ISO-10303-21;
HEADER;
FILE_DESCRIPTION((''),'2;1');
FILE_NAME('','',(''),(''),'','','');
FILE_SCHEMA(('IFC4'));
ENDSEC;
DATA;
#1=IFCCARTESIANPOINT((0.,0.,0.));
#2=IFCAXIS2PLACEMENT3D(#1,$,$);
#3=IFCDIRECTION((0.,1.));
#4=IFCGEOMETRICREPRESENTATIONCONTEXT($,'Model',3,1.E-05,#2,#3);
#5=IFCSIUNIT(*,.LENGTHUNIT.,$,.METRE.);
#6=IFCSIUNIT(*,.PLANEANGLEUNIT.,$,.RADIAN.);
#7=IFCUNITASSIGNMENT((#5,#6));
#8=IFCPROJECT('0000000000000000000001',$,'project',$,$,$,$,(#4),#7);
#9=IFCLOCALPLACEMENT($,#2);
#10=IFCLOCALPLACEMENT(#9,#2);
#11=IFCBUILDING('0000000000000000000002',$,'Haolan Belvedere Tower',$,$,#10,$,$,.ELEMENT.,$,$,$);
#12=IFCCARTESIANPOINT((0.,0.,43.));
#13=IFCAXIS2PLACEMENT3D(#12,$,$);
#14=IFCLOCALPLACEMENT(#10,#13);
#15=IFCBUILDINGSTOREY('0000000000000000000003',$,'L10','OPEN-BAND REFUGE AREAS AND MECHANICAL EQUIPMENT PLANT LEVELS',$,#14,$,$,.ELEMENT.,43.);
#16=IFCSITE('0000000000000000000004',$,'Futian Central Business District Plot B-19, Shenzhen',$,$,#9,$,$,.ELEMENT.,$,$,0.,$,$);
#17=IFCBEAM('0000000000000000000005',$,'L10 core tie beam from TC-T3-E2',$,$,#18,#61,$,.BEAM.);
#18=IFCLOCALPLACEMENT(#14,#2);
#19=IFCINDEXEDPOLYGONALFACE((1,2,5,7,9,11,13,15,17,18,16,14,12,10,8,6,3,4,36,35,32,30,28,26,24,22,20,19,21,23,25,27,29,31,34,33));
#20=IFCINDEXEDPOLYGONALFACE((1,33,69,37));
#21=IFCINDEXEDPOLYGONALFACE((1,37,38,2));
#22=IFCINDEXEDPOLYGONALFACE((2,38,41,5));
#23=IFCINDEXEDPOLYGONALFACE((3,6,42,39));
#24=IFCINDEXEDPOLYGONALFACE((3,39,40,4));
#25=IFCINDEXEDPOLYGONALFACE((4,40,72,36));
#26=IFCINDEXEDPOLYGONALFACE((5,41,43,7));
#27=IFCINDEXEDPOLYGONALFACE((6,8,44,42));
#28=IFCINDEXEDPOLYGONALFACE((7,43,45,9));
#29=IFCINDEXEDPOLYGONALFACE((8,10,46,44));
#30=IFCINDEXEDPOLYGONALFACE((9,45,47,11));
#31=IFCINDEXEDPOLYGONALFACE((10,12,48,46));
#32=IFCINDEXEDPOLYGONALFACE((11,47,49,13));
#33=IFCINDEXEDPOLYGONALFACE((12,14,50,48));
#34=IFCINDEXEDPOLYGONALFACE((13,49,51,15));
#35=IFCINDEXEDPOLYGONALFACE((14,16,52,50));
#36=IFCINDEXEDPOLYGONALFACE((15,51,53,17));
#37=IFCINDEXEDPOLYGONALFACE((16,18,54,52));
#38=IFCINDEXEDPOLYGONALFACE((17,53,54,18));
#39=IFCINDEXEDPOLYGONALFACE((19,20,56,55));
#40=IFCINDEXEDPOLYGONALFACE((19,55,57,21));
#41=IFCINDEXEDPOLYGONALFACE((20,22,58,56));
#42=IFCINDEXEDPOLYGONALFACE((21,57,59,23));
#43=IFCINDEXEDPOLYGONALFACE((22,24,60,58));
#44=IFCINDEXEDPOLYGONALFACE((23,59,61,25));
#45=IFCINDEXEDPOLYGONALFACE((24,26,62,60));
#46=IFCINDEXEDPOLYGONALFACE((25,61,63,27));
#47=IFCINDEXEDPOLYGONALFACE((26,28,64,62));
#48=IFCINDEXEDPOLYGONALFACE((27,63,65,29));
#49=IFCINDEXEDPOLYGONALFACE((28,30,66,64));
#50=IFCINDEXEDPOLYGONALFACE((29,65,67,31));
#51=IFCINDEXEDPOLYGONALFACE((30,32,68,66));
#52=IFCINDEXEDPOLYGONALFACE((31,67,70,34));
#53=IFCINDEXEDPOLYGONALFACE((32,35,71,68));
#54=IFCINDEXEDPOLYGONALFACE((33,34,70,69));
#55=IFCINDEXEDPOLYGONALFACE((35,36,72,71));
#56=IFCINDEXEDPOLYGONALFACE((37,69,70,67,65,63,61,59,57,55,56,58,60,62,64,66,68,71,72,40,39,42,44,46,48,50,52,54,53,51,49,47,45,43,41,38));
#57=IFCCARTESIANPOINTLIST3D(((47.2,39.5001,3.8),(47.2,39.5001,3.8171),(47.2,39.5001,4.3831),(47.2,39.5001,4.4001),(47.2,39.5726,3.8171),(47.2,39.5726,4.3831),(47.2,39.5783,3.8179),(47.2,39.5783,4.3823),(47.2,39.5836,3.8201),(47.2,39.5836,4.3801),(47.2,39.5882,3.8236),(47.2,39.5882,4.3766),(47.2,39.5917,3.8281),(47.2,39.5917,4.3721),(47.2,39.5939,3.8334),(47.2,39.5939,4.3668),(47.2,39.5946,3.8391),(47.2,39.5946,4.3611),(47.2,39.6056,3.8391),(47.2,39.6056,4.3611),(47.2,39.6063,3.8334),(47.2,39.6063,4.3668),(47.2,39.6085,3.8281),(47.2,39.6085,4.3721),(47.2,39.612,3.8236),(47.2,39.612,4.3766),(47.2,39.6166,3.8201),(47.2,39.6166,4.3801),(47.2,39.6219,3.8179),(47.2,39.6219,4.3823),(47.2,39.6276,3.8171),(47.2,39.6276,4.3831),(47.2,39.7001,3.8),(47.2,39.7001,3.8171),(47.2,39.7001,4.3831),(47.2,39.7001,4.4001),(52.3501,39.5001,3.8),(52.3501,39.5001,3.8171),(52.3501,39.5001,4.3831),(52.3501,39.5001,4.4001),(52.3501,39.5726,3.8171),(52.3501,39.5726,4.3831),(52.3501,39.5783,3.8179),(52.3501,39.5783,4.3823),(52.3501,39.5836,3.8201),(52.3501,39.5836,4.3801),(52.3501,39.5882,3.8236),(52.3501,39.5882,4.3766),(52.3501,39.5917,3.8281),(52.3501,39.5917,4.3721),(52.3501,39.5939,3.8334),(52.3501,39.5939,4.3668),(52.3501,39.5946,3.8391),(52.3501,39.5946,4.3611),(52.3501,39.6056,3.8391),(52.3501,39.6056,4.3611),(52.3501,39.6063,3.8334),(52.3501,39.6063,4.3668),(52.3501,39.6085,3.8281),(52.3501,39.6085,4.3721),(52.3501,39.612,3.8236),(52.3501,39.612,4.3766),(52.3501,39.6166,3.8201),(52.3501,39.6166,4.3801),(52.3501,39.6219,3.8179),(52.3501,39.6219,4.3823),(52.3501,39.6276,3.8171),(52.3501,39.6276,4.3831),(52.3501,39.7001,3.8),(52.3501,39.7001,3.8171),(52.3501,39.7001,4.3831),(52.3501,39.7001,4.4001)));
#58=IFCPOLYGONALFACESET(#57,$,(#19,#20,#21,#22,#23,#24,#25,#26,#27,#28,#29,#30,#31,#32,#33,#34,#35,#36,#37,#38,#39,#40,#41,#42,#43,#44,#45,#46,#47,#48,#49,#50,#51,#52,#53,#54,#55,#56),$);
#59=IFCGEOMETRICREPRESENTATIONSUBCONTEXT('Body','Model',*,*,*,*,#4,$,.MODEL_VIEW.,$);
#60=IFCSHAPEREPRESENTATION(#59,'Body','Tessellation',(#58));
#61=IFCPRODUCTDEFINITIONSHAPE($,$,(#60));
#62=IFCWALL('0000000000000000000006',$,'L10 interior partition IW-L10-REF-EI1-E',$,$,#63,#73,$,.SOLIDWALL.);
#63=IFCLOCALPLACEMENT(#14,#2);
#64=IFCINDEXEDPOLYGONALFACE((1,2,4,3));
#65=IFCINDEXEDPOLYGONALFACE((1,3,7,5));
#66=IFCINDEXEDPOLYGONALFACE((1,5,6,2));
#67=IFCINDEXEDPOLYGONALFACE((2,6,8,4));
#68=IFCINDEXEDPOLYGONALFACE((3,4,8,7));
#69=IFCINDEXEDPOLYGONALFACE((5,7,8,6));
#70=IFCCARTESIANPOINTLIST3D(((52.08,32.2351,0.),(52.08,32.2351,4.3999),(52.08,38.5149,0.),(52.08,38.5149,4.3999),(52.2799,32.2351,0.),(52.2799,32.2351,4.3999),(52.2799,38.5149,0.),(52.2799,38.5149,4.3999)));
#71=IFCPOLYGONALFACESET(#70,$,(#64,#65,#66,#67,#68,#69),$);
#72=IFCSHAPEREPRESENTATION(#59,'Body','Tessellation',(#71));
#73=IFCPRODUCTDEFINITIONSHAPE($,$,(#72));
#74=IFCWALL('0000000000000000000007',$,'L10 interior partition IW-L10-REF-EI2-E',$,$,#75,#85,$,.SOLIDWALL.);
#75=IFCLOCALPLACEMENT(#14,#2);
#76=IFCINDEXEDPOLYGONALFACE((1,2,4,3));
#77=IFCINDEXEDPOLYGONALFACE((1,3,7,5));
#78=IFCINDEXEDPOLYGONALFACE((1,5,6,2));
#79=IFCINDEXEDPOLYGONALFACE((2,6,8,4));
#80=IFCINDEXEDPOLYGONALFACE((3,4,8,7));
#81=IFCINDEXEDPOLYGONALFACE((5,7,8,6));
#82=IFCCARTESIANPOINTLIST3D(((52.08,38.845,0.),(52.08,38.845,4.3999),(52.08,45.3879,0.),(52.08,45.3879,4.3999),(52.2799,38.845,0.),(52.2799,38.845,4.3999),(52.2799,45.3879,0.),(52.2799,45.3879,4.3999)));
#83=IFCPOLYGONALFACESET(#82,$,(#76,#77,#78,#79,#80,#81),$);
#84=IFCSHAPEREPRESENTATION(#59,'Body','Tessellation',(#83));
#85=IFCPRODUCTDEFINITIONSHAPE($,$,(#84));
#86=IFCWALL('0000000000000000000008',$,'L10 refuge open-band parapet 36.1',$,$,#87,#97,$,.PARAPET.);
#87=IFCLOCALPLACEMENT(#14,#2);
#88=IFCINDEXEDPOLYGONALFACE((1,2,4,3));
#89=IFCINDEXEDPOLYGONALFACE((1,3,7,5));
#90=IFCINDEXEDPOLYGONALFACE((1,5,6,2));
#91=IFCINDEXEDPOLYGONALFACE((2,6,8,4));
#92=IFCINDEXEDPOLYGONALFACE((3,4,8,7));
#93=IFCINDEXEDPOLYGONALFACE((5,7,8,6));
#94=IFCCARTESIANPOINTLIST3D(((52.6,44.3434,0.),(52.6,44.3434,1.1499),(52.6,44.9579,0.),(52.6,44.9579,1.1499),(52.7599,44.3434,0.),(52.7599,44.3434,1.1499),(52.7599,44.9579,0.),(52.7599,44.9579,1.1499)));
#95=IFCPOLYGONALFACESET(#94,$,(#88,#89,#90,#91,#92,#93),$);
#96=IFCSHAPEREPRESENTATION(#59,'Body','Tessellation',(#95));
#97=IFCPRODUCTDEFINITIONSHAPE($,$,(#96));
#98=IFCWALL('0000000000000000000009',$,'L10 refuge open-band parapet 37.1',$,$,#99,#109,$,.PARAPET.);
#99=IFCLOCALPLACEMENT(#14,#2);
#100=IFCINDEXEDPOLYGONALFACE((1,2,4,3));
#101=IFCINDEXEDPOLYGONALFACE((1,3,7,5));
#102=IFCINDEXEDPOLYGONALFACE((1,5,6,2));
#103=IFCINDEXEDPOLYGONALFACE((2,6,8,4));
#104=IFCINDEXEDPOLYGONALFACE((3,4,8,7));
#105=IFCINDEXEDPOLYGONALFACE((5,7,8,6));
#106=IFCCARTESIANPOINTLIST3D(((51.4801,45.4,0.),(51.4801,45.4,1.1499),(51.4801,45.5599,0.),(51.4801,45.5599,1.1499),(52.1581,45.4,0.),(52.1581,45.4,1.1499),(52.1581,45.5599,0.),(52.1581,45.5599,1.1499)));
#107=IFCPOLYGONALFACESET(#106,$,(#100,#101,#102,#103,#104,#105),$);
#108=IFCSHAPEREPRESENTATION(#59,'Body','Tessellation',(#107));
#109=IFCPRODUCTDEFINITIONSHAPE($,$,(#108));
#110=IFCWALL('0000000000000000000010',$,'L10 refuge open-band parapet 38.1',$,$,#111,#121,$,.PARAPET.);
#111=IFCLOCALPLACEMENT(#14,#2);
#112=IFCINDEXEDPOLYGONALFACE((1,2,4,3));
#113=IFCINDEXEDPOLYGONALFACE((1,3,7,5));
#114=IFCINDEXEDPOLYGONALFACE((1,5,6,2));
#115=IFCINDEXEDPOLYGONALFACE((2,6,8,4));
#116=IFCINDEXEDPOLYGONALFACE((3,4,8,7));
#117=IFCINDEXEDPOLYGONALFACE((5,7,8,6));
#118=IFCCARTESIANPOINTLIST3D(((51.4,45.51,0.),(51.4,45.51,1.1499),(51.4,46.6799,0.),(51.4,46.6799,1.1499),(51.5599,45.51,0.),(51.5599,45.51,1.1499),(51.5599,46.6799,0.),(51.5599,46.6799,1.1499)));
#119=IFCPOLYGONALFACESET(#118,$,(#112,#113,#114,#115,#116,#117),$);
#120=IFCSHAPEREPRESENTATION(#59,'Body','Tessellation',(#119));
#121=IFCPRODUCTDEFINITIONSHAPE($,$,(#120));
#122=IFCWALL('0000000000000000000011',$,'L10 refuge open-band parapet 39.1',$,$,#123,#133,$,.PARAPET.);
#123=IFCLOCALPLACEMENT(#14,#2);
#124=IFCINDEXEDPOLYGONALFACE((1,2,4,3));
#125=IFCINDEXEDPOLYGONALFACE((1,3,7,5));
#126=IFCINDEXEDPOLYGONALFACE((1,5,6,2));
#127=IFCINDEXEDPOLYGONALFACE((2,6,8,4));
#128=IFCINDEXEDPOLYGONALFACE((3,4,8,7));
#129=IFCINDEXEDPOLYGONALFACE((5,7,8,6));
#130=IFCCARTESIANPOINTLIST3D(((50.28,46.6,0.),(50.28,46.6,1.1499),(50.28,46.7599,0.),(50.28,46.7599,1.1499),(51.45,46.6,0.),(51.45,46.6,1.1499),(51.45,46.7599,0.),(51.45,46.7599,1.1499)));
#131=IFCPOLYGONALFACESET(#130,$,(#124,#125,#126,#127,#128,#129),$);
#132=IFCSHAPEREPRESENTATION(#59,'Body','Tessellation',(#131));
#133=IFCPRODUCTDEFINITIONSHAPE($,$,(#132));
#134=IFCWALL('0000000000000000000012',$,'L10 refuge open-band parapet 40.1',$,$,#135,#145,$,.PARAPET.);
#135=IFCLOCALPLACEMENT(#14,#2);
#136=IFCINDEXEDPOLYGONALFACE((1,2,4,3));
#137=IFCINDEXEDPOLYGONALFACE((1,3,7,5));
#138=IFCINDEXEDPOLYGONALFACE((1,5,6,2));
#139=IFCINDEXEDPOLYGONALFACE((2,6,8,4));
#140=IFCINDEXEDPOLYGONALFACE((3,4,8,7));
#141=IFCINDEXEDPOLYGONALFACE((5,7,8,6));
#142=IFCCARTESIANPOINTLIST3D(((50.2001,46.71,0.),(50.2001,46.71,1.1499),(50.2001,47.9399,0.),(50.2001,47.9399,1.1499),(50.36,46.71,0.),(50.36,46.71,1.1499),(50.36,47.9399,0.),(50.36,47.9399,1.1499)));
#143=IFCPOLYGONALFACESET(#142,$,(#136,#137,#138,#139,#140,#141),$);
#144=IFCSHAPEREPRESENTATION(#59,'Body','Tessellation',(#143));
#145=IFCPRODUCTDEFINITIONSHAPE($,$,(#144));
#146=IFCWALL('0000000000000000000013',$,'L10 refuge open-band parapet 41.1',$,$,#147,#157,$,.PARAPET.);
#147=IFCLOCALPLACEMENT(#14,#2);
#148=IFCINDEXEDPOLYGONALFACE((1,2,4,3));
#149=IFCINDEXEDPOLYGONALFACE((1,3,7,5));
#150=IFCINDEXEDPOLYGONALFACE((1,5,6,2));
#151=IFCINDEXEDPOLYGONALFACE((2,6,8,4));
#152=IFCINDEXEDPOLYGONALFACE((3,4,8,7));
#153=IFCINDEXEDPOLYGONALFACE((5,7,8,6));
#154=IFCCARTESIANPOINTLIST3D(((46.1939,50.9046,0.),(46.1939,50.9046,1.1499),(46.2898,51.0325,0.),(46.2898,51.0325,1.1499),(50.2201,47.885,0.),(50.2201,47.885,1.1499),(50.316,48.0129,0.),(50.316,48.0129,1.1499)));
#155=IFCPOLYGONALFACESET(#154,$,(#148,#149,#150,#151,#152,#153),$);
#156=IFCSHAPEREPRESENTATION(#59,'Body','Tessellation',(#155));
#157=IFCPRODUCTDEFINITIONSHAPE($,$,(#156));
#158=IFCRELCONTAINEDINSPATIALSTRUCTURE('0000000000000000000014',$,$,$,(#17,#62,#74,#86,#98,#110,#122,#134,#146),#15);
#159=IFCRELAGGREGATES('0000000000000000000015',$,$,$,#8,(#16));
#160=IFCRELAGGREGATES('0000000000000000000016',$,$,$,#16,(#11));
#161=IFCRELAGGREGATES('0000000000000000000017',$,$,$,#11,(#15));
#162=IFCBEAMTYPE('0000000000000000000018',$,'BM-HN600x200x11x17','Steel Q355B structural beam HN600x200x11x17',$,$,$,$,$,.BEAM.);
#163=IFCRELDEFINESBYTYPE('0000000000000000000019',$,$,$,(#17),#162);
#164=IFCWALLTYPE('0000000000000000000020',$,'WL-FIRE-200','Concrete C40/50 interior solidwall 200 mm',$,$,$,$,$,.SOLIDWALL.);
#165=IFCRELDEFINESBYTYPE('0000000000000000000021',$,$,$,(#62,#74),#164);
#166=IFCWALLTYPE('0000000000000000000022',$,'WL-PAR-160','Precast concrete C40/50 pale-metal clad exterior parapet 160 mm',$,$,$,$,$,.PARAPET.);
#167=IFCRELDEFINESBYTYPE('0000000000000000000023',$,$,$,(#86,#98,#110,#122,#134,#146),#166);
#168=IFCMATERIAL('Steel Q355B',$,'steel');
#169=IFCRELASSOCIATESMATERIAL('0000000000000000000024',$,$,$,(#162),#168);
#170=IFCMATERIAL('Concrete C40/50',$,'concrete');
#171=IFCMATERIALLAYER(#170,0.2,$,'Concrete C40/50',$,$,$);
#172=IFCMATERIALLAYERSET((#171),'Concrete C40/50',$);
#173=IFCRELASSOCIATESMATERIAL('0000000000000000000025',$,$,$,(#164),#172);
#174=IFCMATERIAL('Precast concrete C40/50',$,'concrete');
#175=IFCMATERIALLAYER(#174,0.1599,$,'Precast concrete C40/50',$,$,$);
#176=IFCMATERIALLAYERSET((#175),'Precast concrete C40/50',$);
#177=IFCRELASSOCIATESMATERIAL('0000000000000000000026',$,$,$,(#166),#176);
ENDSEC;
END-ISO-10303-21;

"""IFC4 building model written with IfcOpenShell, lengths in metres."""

from ifc_helpers import new_model, si_unit, direction, frame, frame_2d, origin, origin_2d, place, context, subcontext, project, spatial, rectangle, i_section, extrude, material, layer, layer_set, material_profile, profile_set, type_object, element, save


model = new_model("IFC4")

# Units and contexts
model_context = context("Model", 3, precision=1e-05, world=origin(), true_north=direction((0.0, 1.0)))
body_context = subcontext(model_context, "Body", "Model", "MODEL_VIEW")
ifc_project = project(units=[si_unit("LENGTHUNIT", "METRE"), si_unit("PLANEANGLEUNIT", "RADIAN")], contexts=[model_context])

# Site, building, storey
site_placement = place(None, origin())
site = spatial("IfcSite", under=ifc_project, at=site_placement, Name="Futian Central Business District Plot B-19, Shenzhen", CompositionType="ELEMENT", RefElevation=0.0)
building_placement = place(site_placement, origin())
building = spatial("IfcBuilding", under=site, at=building_placement, Name="Haolan Belvedere Tower", CompositionType="ELEMENT")
storey_placement = place(building_placement, frame((0.0, 0.0, 43.0)))
storey = spatial("IfcBuildingStorey", under=building, at=storey_placement, Name="L10", Description="OPEN-BAND REFUGE AREAS AND MECHANICAL EQUIPMENT PLANT LEVELS", CompositionType="ELEMENT", Elevation=43.0)

# Shared definitions
ifc_material_1 = material(Name="Steel Q355B", Category="steel")

# Beam
ifc_material_profile_1 = material_profile(ifc_material_1, i_section(OverallWidth=0.2, OverallDepth=0.6001, WebThickness=0.011, FlangeThickness=0.0171, FilletRadius=0.022, at=origin_2d()), Name="Steel Q355B")
ifc_profile_set_1 = profile_set([ifc_material_profile_1], Name="Steel Q355B")
beam_type_1 = type_object("IfcBeamType", Name="BM-HN600x200x11x17", Description="Steel Q355B structural beam HN600x200x11x17", PredefinedType="BEAM", material=ifc_profile_set_1)
for number, where, z_axis, x_axis, name in (
    (1, (52.3501, 39.6001, 4.1001), (-1.0, 0.0, 0.0), (0.0, -1.0, 0.0), "L10 core tie beam from TC-T3-E2"),
):
    element("IfcBeam", number, at=place(storey_placement, frame(where, z_axis=z_axis, x_axis=x_axis)), inside=storey, type_object=beam_type_1, Name=name, PredefinedType="BEAM", context=body_context, shape_type="SweptSolid", body=[
        extrude(i_section(OverallWidth=0.2, OverallDepth=0.6001, WebThickness=0.011, FlangeThickness=0.0171, FilletRadius=0.022, at=origin_2d()), origin(), (0.0, 0.0, 1.0), 5.1501),
    ])

# Walls
ifc_material_2 = material(Name="Concrete C40/50", Category="concrete")
ifc_layer_1 = layer(ifc_material_2, 0.2, Name="Concrete C40/50")
ifc_layer_set_1 = layer_set([ifc_layer_1], Name="Concrete C40/50")
wall_type_1 = type_object("IfcWallType", Name="WL-FIRE-200", Description="Concrete C40/50 interior solidwall 200 mm", PredefinedType="SOLIDWALL", material=ifc_layer_set_1)
wall_1_placement = place(storey_placement, frame((52.1799, 32.2351, 0.0), z_axis=(0.0, 0.0, 1.0), x_axis=(0.0, 1.0, 0.0)))
element("IfcWall", 2, at=wall_1_placement, inside=storey, type_object=wall_type_1, Name="L10 interior partition IW-L10-REF-EI1-E", PredefinedType="SOLIDWALL", context=body_context, shape_type="SweptSolid", body=[
    extrude(rectangle(XDim=6.2798, YDim=0.2, at=frame_2d((3.1399, 0.0))), origin(), (0.0, 0.0, 1.0), 4.3999),
])
wall_2_placement = place(storey_placement, frame((52.1799, 38.845, 0.0), z_axis=(0.0, 0.0, 1.0), x_axis=(0.0, 1.0, 0.0)))
element("IfcWall", 3, at=wall_2_placement, inside=storey, type_object=wall_type_1, Name="L10 interior partition IW-L10-REF-EI2-E", PredefinedType="SOLIDWALL", context=body_context, shape_type="SweptSolid", body=[
    extrude(rectangle(XDim=6.543, YDim=0.2, at=frame_2d((3.2715, 0.0))), origin(), (0.0, 0.0, 1.0), 4.3999),
])
ifc_material_3 = material(Name="Precast concrete C40/50", Category="concrete")
ifc_layer_2 = layer(ifc_material_3, 0.1599, Name="Precast concrete C40/50")
ifc_layer_set_2 = layer_set([ifc_layer_2], Name="Precast concrete C40/50")
wall_type_2 = type_object("IfcWallType", Name="WL-PAR-160", Description="Precast concrete C40/50 pale-metal clad exterior parapet 160 mm", PredefinedType="PARAPET", material=ifc_layer_set_2)
wall_3_placement = place(storey_placement, frame((52.6799, 44.3435, 0.0), z_axis=(0.0, 0.0, 1.0), x_axis=(0.0, 1.0, 0.0)))
element("IfcWall", 4, at=wall_3_placement, inside=storey, type_object=wall_type_2, Name="L10 refuge open-band parapet 36.1", PredefinedType="PARAPET", context=body_context, shape_type="SweptSolid", body=[
    extrude(rectangle(XDim=0.6145, YDim=0.1599, at=frame_2d((0.3071, 0.0))), origin(), (0.0, 0.0, 1.0), 1.1499),
])
wall_4_placement = place(storey_placement, frame((52.158, 45.48, 0.0), z_axis=(0.0, 0.0, 1.0), x_axis=(-1.0, 0.0, 0.0)))
element("IfcWall", 5, at=wall_4_placement, inside=storey, type_object=wall_type_2, Name="L10 refuge open-band parapet 37.1", PredefinedType="PARAPET", context=body_context, shape_type="SweptSolid", body=[
    extrude(rectangle(XDim=0.678, YDim=0.1599, at=frame_2d((0.3389, 0.0))), origin(), (0.0, 0.0, 1.0), 1.1499),
])
for number, where, z_axis, x_axis, name in (
    (6, (51.48, 45.51, 0.0), (0.0, 0.0, 1.0), (0.0, 1.0, 0.0), "L10 refuge open-band parapet 38.1"),
    (7, (51.45, 46.6799, 0.0), (0.0, 0.0, 1.0), (-1.0, 0.0, 0.0), "L10 refuge open-band parapet 39.1"),
):
    element("IfcWall", number, at=place(storey_placement, frame(where, z_axis=z_axis, x_axis=x_axis)), inside=storey, type_object=wall_type_2, Name=name, PredefinedType="PARAPET", context=body_context, shape_type="SweptSolid", body=[
        extrude(rectangle(XDim=1.1699, YDim=0.1599, at=frame_2d((0.585, 0.0))), origin(), (0.0, 0.0, 1.0), 1.1499),
    ])
wall_5_placement = place(storey_placement, frame((50.28, 46.71, 0.0), z_axis=(0.0, 0.0, 1.0), x_axis=(0.0, 1.0, 0.0)))
element("IfcWall", 8, at=wall_5_placement, inside=storey, type_object=wall_type_2, Name="L10 refuge open-band parapet 40.1", PredefinedType="PARAPET", context=body_context, shape_type="SweptSolid", body=[
    extrude(rectangle(XDim=1.23, YDim=0.1599, at=frame_2d((0.615, 0.0))), origin(), (0.0, 0.0, 1.0), 1.1499),
])
wall_6_placement = place(storey_placement, frame((50.2681, 47.949, 0.0), z_axis=(0.0, 0.0, 1.0), x_axis=(-0.800006, 0.599992, 0.0)))
element("IfcWall", 9, at=wall_6_placement, inside=storey, type_object=wall_type_2, Name="L10 refuge open-band parapet 41.1", PredefinedType="PARAPET", context=body_context, shape_type="SweptSolid", body=[
    extrude(rectangle(XDim=5.0327, YDim=0.1599, at=frame_2d((2.5164, 0.0))), origin(), (0.0, 0.0, 1.0), 1.1499),
])

save(model, "model.ifc")
